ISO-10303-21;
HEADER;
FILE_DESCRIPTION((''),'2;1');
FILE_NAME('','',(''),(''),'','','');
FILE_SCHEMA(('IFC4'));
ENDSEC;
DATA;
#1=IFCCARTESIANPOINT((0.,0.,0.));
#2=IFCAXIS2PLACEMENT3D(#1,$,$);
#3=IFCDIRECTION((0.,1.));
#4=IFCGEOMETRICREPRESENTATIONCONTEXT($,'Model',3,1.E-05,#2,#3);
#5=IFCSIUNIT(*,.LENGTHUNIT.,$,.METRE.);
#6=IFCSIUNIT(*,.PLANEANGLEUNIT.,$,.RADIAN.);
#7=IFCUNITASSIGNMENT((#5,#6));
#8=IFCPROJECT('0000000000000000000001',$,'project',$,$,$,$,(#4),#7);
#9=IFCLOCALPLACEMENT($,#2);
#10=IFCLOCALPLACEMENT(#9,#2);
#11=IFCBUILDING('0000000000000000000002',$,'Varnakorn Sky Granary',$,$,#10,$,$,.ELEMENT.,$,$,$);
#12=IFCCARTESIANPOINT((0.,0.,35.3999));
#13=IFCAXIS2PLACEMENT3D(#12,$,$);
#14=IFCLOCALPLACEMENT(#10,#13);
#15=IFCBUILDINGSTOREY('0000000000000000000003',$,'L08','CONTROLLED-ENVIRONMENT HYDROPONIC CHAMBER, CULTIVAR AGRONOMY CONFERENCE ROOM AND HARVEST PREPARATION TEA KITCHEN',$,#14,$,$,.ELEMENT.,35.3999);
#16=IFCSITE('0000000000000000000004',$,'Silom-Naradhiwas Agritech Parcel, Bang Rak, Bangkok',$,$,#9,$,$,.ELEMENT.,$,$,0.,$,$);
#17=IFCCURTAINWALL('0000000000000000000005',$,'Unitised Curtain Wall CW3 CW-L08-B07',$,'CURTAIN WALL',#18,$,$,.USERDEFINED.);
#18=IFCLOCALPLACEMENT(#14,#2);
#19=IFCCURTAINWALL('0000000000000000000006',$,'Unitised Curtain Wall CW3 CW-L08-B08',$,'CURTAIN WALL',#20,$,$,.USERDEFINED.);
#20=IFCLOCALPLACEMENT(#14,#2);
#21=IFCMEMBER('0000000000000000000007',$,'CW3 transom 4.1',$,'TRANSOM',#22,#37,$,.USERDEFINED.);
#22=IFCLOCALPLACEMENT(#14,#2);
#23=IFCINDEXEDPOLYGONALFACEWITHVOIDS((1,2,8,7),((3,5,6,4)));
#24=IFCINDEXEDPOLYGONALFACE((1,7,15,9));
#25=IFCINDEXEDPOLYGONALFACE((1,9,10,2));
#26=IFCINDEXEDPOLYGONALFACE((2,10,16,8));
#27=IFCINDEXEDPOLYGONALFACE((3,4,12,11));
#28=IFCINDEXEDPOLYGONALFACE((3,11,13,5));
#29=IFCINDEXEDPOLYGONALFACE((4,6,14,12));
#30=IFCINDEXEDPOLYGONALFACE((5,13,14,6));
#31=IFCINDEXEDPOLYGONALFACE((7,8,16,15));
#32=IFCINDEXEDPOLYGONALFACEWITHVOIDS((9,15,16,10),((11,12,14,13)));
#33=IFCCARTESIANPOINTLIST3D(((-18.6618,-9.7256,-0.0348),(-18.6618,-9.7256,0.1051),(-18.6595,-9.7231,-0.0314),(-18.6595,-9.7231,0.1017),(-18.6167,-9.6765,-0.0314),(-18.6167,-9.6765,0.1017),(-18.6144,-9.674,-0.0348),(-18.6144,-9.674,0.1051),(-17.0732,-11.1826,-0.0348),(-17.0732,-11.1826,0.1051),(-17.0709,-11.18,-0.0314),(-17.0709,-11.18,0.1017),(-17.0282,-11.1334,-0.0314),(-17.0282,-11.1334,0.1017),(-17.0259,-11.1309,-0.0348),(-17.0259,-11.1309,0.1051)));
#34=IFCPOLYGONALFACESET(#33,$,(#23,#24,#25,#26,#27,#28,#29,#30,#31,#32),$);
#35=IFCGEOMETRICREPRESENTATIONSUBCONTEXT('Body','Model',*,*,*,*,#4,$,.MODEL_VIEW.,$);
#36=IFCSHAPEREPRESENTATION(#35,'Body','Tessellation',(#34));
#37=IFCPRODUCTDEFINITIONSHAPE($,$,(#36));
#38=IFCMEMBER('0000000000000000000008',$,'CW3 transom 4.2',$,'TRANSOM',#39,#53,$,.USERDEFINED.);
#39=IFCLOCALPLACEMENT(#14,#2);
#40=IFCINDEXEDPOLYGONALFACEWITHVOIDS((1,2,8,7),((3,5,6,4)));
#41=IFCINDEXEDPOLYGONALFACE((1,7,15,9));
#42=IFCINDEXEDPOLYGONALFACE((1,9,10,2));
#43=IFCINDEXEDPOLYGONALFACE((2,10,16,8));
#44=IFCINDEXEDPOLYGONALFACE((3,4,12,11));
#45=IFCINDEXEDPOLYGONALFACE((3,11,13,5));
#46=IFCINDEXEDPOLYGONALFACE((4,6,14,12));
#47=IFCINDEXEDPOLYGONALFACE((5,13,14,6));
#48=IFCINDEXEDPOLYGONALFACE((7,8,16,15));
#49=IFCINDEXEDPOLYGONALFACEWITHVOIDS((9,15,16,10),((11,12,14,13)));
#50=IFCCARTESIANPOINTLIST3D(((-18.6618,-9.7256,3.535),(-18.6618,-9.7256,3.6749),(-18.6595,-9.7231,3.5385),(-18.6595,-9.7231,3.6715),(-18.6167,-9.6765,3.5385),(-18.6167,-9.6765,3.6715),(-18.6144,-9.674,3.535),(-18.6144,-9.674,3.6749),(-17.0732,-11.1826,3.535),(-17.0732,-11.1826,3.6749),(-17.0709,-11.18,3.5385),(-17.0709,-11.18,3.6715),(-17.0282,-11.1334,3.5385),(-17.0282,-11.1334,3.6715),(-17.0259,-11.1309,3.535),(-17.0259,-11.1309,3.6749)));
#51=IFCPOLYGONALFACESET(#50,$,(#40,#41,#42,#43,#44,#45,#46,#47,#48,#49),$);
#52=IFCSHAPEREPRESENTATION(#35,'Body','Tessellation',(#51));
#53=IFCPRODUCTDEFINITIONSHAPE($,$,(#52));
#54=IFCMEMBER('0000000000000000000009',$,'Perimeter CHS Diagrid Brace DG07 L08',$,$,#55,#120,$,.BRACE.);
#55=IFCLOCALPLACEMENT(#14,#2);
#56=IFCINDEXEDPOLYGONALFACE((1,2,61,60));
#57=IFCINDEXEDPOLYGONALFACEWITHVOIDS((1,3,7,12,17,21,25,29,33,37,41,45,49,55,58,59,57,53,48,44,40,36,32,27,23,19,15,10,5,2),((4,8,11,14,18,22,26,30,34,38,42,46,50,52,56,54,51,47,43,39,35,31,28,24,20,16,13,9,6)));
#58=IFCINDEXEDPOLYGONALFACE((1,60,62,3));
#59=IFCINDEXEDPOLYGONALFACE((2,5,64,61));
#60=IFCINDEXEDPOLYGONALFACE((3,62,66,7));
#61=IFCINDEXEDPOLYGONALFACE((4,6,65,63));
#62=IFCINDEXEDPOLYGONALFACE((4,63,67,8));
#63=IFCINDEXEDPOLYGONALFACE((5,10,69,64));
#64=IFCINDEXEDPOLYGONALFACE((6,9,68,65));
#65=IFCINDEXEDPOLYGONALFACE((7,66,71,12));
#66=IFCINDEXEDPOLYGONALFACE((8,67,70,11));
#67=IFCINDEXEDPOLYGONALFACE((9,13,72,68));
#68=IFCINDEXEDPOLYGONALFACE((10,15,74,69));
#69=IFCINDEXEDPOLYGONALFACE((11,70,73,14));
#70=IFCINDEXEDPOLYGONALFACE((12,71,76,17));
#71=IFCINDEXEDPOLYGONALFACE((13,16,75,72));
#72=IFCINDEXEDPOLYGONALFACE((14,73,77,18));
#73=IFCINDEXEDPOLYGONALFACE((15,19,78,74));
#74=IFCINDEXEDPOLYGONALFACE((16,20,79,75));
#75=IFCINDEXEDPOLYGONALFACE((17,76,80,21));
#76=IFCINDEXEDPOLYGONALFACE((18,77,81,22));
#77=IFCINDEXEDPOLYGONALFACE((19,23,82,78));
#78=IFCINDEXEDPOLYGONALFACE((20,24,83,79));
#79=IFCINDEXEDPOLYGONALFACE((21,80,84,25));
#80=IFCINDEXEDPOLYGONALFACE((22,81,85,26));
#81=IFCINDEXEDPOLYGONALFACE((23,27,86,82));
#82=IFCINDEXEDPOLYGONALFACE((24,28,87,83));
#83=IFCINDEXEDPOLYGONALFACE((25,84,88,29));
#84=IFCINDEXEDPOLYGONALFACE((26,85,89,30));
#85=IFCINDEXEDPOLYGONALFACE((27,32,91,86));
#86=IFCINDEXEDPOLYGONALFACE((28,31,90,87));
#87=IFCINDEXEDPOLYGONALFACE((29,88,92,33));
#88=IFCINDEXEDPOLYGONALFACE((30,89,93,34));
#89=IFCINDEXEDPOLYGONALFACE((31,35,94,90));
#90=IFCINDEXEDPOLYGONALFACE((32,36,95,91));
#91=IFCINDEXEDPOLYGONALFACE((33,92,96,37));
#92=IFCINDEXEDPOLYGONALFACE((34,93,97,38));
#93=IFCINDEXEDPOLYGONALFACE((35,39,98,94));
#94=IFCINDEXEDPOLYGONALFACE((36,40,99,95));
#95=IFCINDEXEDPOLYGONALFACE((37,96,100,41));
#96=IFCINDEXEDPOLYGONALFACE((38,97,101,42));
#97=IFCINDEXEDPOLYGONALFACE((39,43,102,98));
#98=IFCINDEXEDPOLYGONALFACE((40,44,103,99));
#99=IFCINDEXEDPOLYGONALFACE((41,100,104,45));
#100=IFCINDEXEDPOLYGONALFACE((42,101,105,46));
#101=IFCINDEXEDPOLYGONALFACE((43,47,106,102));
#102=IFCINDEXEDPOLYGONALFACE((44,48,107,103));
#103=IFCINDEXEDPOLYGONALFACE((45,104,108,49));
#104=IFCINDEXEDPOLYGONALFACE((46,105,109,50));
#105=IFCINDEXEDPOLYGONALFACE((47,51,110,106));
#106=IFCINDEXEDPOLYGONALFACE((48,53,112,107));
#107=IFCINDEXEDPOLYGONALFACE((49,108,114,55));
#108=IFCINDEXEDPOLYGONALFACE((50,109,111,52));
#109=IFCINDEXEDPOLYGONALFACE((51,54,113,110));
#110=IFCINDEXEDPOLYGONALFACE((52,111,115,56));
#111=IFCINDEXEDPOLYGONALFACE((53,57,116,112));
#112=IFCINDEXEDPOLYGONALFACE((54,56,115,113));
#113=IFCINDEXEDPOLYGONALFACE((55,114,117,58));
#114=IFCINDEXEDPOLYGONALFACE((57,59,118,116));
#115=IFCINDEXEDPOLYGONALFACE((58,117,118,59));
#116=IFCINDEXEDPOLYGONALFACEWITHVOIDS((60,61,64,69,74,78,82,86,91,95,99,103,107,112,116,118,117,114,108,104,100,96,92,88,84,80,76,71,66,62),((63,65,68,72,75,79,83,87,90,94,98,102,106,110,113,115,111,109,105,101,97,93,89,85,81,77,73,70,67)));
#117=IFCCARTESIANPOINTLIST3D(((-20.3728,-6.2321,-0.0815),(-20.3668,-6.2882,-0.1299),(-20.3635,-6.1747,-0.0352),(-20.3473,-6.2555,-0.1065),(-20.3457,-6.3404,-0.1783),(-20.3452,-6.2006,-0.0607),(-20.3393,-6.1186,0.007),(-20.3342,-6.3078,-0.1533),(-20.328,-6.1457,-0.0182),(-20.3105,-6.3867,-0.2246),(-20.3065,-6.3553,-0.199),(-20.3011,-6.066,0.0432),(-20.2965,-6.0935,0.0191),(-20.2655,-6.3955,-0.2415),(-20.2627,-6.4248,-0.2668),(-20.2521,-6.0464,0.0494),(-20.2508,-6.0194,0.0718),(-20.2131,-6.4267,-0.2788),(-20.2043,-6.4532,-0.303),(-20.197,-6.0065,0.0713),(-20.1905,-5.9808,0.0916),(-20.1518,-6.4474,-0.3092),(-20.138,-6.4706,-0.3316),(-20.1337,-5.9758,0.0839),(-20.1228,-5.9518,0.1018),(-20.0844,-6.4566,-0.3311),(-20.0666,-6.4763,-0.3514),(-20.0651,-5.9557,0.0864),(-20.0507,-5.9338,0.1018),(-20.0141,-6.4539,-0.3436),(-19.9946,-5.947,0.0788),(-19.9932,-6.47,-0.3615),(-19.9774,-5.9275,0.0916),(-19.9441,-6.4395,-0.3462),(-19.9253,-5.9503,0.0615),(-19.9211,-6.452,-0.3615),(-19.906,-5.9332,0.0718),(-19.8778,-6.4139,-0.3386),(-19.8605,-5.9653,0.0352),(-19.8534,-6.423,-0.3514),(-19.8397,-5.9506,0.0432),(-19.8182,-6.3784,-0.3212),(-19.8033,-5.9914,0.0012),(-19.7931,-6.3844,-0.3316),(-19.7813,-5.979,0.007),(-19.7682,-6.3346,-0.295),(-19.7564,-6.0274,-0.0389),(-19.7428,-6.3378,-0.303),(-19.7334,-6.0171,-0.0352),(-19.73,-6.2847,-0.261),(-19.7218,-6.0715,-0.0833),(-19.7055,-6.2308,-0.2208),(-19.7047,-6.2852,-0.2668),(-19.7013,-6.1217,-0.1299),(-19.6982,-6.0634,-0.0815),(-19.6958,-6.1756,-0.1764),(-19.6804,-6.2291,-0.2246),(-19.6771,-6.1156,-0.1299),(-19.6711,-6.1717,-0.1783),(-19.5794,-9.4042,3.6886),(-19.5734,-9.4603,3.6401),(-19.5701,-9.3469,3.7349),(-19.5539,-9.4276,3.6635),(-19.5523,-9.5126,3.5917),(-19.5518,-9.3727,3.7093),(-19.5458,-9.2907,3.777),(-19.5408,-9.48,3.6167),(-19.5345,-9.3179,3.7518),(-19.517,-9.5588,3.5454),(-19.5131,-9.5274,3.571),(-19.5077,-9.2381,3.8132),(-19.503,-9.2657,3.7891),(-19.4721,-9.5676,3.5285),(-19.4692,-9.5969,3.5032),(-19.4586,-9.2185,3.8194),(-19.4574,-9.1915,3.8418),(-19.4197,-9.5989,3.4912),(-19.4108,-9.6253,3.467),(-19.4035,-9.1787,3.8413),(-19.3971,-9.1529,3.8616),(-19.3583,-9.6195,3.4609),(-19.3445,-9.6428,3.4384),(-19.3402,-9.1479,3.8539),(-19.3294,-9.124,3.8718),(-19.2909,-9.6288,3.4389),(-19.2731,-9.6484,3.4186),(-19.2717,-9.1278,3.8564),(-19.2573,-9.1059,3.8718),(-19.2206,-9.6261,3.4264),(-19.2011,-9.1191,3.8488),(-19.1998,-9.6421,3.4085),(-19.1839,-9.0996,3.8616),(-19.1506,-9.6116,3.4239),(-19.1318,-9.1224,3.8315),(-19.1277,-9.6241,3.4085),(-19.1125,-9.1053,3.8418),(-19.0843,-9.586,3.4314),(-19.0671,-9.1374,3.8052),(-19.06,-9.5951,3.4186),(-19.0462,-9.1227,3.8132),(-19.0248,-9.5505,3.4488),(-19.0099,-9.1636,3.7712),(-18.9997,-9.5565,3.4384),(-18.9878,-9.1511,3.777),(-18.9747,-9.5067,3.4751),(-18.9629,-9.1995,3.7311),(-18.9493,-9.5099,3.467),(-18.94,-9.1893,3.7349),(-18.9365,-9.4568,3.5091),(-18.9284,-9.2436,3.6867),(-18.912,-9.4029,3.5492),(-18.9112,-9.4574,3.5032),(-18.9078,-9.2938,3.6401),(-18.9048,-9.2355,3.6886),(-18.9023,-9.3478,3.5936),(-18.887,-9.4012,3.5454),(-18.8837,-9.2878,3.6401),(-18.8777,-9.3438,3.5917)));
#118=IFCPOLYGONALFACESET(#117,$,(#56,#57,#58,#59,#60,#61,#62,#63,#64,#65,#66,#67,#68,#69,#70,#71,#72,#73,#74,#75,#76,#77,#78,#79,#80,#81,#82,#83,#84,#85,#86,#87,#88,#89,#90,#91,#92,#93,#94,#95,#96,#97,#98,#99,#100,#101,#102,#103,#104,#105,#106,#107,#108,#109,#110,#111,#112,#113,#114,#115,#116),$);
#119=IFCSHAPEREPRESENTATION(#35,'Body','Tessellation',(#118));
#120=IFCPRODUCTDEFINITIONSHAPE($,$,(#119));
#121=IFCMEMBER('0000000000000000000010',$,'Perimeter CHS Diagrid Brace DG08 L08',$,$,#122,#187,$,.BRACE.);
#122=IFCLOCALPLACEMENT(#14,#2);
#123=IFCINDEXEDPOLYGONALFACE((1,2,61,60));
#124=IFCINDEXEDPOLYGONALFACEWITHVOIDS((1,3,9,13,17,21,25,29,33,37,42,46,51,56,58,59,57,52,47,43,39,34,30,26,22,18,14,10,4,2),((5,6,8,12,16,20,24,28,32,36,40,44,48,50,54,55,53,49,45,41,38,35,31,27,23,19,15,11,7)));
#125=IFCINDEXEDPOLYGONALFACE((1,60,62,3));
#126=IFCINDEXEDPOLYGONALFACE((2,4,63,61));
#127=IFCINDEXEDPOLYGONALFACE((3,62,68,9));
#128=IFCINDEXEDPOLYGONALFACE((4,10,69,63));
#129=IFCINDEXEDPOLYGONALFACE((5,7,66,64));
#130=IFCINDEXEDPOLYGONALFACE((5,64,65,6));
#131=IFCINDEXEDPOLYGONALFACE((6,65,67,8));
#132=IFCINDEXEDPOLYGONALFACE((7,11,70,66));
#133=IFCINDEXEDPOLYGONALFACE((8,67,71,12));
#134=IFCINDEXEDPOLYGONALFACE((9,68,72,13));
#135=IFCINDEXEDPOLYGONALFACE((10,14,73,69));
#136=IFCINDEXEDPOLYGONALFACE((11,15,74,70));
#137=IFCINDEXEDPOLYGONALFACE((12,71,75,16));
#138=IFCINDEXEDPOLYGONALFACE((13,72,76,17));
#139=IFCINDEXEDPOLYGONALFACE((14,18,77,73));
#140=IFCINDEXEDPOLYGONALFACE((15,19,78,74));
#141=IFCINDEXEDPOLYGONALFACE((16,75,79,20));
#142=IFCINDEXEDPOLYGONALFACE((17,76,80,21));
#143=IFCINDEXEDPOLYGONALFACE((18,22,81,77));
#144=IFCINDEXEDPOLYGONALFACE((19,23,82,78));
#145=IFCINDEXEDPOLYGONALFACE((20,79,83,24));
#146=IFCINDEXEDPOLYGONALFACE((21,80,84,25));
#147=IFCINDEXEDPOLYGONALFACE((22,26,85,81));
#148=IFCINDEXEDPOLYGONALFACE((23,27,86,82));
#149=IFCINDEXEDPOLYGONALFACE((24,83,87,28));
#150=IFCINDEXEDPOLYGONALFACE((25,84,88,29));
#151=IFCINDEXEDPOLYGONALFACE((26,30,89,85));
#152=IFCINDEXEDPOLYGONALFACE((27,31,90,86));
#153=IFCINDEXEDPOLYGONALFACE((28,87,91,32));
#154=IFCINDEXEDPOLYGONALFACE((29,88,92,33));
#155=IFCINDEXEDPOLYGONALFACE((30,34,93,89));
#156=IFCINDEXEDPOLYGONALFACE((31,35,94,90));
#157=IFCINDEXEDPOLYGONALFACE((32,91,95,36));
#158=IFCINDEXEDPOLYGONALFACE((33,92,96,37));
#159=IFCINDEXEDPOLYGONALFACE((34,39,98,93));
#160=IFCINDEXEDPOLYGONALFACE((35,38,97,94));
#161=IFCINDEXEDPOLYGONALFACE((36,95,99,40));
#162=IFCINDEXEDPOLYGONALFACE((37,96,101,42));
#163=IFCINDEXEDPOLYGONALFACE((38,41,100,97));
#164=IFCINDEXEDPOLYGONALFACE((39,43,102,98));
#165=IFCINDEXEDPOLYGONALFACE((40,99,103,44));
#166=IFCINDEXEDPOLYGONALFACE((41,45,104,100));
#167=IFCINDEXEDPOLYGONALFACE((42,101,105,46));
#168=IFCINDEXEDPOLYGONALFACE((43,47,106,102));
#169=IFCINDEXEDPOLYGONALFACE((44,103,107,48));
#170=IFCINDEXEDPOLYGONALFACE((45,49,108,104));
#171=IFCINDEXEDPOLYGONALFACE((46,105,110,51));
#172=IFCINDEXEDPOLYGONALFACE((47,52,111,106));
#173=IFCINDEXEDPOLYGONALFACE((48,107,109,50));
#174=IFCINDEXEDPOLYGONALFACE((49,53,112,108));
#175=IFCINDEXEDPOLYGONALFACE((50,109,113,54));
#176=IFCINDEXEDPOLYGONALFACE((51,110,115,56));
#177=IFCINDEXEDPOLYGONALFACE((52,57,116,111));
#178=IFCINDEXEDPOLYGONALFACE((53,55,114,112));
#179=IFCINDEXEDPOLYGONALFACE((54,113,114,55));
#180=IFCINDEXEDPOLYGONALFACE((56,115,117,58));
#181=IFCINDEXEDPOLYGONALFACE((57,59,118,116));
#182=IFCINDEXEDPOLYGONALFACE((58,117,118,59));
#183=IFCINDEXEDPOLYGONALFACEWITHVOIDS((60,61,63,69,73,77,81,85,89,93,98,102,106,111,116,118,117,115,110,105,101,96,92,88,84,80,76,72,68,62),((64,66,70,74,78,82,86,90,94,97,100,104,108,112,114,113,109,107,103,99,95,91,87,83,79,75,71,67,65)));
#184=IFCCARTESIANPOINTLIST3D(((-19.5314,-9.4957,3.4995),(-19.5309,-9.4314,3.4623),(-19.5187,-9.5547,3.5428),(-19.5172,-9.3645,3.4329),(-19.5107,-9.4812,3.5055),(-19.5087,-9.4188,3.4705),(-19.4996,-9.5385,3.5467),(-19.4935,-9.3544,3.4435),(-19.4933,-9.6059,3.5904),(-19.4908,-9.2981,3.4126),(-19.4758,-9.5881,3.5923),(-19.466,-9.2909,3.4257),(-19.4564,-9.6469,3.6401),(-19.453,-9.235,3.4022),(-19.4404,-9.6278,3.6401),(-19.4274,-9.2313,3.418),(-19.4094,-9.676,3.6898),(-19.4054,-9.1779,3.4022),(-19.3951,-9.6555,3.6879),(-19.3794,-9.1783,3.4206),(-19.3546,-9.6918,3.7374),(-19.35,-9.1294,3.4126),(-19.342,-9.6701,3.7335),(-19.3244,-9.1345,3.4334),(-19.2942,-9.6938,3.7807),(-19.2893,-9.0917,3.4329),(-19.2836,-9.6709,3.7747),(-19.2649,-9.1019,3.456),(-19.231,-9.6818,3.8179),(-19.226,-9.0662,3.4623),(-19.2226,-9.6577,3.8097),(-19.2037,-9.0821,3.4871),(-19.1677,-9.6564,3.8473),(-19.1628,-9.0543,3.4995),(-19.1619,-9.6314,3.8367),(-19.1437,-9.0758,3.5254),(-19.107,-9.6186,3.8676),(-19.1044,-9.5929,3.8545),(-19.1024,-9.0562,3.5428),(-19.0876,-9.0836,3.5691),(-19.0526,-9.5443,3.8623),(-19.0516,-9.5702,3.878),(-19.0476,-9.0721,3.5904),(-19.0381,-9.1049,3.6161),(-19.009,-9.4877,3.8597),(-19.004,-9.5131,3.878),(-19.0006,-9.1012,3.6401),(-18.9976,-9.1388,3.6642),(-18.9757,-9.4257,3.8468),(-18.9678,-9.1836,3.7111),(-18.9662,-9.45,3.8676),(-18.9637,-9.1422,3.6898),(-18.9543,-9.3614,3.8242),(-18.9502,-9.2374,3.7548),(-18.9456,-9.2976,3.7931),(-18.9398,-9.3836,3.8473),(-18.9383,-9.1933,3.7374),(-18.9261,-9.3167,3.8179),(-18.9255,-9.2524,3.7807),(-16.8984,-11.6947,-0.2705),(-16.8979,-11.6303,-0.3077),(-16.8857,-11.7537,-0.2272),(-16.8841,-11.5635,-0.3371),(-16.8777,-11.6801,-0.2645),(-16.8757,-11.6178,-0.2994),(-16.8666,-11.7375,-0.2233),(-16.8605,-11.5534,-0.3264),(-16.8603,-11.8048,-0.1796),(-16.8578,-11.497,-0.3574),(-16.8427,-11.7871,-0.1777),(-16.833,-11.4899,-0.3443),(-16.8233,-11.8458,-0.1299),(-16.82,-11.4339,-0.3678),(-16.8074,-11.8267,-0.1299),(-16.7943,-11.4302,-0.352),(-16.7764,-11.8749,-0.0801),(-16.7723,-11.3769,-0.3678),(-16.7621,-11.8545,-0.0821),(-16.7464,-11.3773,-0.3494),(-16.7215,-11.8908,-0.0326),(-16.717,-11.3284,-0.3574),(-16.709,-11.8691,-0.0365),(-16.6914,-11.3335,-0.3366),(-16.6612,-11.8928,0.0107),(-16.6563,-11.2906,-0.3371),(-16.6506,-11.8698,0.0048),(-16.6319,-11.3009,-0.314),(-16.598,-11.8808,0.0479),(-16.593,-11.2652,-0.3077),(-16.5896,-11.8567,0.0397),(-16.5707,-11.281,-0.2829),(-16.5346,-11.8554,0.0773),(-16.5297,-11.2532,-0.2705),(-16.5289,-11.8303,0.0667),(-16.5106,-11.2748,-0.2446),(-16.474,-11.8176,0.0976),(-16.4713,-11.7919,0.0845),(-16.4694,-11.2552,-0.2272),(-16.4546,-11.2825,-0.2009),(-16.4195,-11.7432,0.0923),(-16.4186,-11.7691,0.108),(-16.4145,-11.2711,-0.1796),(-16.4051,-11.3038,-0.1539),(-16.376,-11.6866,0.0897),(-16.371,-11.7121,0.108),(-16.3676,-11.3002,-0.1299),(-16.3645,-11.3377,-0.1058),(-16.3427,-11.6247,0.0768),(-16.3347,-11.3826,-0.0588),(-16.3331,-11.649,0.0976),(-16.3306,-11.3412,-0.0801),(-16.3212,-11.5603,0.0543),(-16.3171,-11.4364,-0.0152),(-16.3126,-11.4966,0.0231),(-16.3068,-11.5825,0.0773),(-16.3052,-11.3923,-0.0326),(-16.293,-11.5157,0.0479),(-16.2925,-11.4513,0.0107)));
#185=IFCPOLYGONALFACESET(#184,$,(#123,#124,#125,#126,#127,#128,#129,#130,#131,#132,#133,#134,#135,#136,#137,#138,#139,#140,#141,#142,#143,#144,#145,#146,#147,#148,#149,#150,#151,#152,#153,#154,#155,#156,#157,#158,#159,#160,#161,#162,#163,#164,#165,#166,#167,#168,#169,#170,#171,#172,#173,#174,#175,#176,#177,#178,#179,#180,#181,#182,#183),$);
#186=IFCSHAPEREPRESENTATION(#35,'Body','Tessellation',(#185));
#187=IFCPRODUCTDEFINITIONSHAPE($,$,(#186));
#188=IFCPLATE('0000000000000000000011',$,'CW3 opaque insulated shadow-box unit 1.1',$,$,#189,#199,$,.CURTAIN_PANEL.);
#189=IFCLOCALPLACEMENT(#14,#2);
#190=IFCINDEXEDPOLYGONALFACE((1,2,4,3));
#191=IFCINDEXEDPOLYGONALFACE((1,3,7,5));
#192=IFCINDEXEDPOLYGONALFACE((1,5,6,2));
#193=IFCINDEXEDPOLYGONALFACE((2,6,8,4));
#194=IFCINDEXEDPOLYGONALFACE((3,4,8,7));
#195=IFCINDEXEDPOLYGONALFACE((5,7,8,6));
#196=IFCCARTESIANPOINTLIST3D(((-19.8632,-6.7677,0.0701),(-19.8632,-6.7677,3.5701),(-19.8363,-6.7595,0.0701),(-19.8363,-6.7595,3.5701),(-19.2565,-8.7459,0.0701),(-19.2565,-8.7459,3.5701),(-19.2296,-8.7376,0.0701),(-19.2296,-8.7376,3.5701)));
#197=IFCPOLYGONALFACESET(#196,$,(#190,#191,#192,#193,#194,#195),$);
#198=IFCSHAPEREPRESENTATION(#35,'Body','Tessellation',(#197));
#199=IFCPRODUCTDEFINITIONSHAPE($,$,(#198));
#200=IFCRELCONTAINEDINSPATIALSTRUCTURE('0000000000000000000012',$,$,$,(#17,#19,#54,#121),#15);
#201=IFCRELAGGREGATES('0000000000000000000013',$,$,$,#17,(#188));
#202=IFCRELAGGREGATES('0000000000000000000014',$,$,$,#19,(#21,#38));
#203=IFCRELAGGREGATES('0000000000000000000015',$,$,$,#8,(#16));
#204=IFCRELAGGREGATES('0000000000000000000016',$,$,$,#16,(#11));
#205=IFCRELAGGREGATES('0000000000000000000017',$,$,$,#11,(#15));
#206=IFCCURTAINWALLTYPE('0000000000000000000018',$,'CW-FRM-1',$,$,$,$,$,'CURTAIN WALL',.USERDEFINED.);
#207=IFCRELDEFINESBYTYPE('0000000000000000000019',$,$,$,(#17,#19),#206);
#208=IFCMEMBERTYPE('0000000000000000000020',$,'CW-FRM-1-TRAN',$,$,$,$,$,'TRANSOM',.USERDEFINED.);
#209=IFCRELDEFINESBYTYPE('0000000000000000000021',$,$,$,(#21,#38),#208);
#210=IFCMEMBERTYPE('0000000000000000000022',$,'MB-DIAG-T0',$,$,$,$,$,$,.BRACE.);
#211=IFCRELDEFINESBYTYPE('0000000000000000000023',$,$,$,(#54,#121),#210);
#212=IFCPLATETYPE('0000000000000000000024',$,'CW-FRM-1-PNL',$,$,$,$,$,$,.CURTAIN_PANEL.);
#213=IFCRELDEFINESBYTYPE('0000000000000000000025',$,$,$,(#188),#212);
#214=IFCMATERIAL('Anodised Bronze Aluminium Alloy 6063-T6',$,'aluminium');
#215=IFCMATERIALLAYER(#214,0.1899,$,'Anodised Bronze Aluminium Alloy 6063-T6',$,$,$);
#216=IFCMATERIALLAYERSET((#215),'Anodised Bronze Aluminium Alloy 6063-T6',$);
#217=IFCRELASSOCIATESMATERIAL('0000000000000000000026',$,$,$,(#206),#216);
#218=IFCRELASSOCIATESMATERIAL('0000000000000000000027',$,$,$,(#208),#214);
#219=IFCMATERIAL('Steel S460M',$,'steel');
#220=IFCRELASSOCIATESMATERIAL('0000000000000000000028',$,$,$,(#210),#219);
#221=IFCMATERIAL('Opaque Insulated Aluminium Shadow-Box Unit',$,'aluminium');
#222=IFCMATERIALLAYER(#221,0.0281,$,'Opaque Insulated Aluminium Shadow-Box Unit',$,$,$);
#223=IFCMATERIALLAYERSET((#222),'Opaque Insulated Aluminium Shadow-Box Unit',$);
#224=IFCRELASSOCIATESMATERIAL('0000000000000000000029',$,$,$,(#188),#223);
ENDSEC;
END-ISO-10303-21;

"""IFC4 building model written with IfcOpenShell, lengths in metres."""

from ifc_helpers import new_model, si_unit, direction, frame, origin, origin_2d, place, context, subcontext, project, spatial, rectangle, hollow_rectangle, hollow_circle, extrude, source, transform, mapped, material, layer, layer_set, material_profile, profile_set, type_object, element, aggregate, save


model = new_model("IFC4")

# Units and contexts
model_context = context("Model", 3, precision=1e-05, world=origin(), true_north=direction((0.0, 1.0)))
body_context = subcontext(model_context, "Body", "Model", "MODEL_VIEW")
ifc_project = project(units=[si_unit("LENGTHUNIT", "METRE"), si_unit("PLANEANGLEUNIT", "RADIAN")], contexts=[model_context])

# Site, building, storey
site_placement = place(None, origin())
site = spatial("IfcSite", under=ifc_project, at=site_placement, Name="Silom-Naradhiwas Agritech Parcel, Bang Rak, Bangkok", CompositionType="ELEMENT", RefElevation=0.0)
building_placement = place(site_placement, origin())
building = spatial("IfcBuilding", under=site, at=building_placement, Name="Varnakorn Sky Granary", CompositionType="ELEMENT")
storey_placement = place(building_placement, frame((0.0, 0.0, 35.3999)))
storey = spatial("IfcBuildingStorey", under=building, at=storey_placement, Name="L08", Description="CONTROLLED-ENVIRONMENT HYDROPONIC CHAMBER, CULTIVAR AGRONOMY CONFERENCE ROOM AND HARVEST PREPARATION TEA KITCHEN", CompositionType="ELEMENT", Elevation=35.3999)

# Shared definitions
ifc_material_1 = material(Name="Steel S460M", Category="steel")

# Curtain walls
ifc_material_2 = material(Name="Anodised Bronze Aluminium Alloy 6063-T6", Category="aluminium")
ifc_layer_1 = layer(ifc_material_2, 0.1899, Name="Anodised Bronze Aluminium Alloy 6063-T6")
ifc_layer_set_1 = layer_set([ifc_layer_1], Name="Anodised Bronze Aluminium Alloy 6063-T6")
curtain_wall_type = type_object("IfcCurtainWallType", Name="CW-FRM-1", ElementType="CURTAIN WALL", PredefinedType="USERDEFINED", material=ifc_layer_set_1)
curtain_wall_1_placement = place(storey_placement, origin())
curtain_wall_1 = element("IfcCurtainWall", 1, at=curtain_wall_1_placement, inside=storey, type_object=curtain_wall_type, Name="Unitised Curtain Wall CW3 CW-L08-B07", ObjectType="CURTAIN WALL", PredefinedType="USERDEFINED")
curtain_wall_2_placement = place(storey_placement, origin())
curtain_wall_2 = element("IfcCurtainWall", 2, at=curtain_wall_2_placement, inside=storey, type_object=curtain_wall_type, Name="Unitised Curtain Wall CW3 CW-L08-B08", ObjectType="CURTAIN WALL", PredefinedType="USERDEFINED")

# Members
ifc_material_profile_1 = material_profile(ifc_material_2, hollow_rectangle(XDim=0.0701, YDim=0.1399, WallThickness=0.0034, at=origin_2d()), Name="ALU TRAN 70x140")
ifc_profile_set_1 = profile_set([ifc_material_profile_1], Name="Anodised Bronze Aluminium Alloy 6063-T6")
member_type_1 = type_object("IfcMemberType", Name="CW-FRM-1-TRAN", ElementType="TRANSOM", PredefinedType="USERDEFINED", material=ifc_profile_set_1)
member_1_placement = place(storey_placement, frame((-17.0496, -11.1567, 0.0352), z_axis=(-0.736971, 0.675925, 0.0), x_axis=(-0.675925, -0.736971, 0.0)))
member_1 = element("IfcMember", 3, at=member_1_placement, type_object=member_type_1, Name="CW3 transom 4.1", ObjectType="TRANSOM", PredefinedType="USERDEFINED", context=body_context, shape_type="SweptSolid", body=[
    extrude(hollow_rectangle(XDim=0.0701, YDim=0.1399, WallThickness=0.0034, at=origin_2d()), origin(), (0.0, 0.0, 1.0), 2.1555),
])
member_2_placement = place(storey_placement, frame((-17.0496, -11.1567, 3.605), z_axis=(-0.736971, 0.675925, 0.0), x_axis=(-0.675925, -0.736971, 0.0)))
member_2 = element("IfcMember", 4, at=member_2_placement, type_object=member_type_1, Name="CW3 transom 4.2", ObjectType="TRANSOM", PredefinedType="USERDEFINED", context=body_context, shape_type="SweptSolid", body=[
    extrude(hollow_rectangle(XDim=0.0701, YDim=0.1399, WallThickness=0.0034, at=origin_2d()), origin(), (0.0, 0.0, 1.0), 2.1555),
])

# Members
ifc_material_profile_2 = material_profile(ifc_material_1, hollow_circle(Radius=0.3555, WallThickness=0.0249, at=origin_2d()), Name="CHS 711x25")
ifc_profile_set_2 = profile_set([ifc_material_profile_2], Name="Steel S460M")
member_type_2 = type_object("IfcMemberType", Name="MB-DIAG-T0", PredefinedType="BRACE", material=ifc_profile_set_2)
member_3_placement = place(storey_placement, frame((-20.022, -6.2019, -0.1299), z_axis=(0.158994, -0.635633, 0.755441), x_axis=(0.970112, 0.242659, 0.0)))
element("IfcMember", 5, at=member_3_placement, inside=storey, type_object=member_type_2, Name="Perimeter CHS Diagrid Brace DG07 L08", PredefinedType="BRACE", context=body_context, shape_type="SweptSolid", body=[
    extrude(hollow_circle(Radius=0.3555, WallThickness=0.0249, at=origin_2d()), origin(), (0.0, 0.0, 1.0), 4.9905),
])
member_4_placement = place(storey_placement, frame((-16.5955, -11.573, -0.1299), z_axis=(-0.516568, 0.431408, 0.739625), x_axis=(-0.641003, -0.767538, 0.0)))
element("IfcMember", 6, at=member_4_placement, inside=storey, type_object=member_type_2, Name="Perimeter CHS Diagrid Brace DG08 L08", PredefinedType="BRACE", context=body_context, shape_type="SweptSolid", body=[
    extrude(hollow_circle(Radius=0.3555, WallThickness=0.0249, at=origin_2d()), origin(), (0.0, 0.0, 1.0), 5.0972),
])

# Plate
ifc_material_3 = material(Name="Opaque Insulated Aluminium Shadow-Box Unit", Category="aluminium")
ifc_layer_2 = layer(ifc_material_3, 0.0281, Name="Opaque Insulated Aluminium Shadow-Box Unit")
ifc_layer_set_2 = layer_set([ifc_layer_2], Name="Opaque Insulated Aluminium Shadow-Box Unit")
plate_type = type_object("IfcPlateType", Name="CW-FRM-1-PNL", PredefinedType="CURTAIN_PANEL")
shared_shape_1 = source(origin(), body_context, "Body", "SweptSolid", [
    extrude(rectangle(XDim=2.0691, YDim=0.0281, at=origin_2d()), origin(), (0.0, 0.0, 1.0), 3.5),
])
plate_1_placement = place(storey_placement, frame((-19.5464, -7.7527, 0.0701), z_axis=(0.0, 0.0, 1.0), x_axis=(-0.293216, 0.956046, 0.0)))
plate_1 = element("IfcPlate", 7, at=plate_1_placement, type_object=plate_type, material=ifc_layer_set_2, Name="CW3 opaque insulated shadow-box unit 1.1", PredefinedType="CURTAIN_PANEL", context=body_context, shape_type="MappedRepresentation", body=[
    mapped(shared_shape_1, transform((0.0, 0.0, 0.0), x_axis=(1.0, 0.0, 0.0), y_axis=(0.0, 1.0, 0.0), z_axis=(0.0, 0.0, 1.0), scale=1.0)),
])
aggregate(curtain_wall_1, [plate_1])
aggregate(curtain_wall_2, [member_1, member_2])

save(model, "model.ifc")
